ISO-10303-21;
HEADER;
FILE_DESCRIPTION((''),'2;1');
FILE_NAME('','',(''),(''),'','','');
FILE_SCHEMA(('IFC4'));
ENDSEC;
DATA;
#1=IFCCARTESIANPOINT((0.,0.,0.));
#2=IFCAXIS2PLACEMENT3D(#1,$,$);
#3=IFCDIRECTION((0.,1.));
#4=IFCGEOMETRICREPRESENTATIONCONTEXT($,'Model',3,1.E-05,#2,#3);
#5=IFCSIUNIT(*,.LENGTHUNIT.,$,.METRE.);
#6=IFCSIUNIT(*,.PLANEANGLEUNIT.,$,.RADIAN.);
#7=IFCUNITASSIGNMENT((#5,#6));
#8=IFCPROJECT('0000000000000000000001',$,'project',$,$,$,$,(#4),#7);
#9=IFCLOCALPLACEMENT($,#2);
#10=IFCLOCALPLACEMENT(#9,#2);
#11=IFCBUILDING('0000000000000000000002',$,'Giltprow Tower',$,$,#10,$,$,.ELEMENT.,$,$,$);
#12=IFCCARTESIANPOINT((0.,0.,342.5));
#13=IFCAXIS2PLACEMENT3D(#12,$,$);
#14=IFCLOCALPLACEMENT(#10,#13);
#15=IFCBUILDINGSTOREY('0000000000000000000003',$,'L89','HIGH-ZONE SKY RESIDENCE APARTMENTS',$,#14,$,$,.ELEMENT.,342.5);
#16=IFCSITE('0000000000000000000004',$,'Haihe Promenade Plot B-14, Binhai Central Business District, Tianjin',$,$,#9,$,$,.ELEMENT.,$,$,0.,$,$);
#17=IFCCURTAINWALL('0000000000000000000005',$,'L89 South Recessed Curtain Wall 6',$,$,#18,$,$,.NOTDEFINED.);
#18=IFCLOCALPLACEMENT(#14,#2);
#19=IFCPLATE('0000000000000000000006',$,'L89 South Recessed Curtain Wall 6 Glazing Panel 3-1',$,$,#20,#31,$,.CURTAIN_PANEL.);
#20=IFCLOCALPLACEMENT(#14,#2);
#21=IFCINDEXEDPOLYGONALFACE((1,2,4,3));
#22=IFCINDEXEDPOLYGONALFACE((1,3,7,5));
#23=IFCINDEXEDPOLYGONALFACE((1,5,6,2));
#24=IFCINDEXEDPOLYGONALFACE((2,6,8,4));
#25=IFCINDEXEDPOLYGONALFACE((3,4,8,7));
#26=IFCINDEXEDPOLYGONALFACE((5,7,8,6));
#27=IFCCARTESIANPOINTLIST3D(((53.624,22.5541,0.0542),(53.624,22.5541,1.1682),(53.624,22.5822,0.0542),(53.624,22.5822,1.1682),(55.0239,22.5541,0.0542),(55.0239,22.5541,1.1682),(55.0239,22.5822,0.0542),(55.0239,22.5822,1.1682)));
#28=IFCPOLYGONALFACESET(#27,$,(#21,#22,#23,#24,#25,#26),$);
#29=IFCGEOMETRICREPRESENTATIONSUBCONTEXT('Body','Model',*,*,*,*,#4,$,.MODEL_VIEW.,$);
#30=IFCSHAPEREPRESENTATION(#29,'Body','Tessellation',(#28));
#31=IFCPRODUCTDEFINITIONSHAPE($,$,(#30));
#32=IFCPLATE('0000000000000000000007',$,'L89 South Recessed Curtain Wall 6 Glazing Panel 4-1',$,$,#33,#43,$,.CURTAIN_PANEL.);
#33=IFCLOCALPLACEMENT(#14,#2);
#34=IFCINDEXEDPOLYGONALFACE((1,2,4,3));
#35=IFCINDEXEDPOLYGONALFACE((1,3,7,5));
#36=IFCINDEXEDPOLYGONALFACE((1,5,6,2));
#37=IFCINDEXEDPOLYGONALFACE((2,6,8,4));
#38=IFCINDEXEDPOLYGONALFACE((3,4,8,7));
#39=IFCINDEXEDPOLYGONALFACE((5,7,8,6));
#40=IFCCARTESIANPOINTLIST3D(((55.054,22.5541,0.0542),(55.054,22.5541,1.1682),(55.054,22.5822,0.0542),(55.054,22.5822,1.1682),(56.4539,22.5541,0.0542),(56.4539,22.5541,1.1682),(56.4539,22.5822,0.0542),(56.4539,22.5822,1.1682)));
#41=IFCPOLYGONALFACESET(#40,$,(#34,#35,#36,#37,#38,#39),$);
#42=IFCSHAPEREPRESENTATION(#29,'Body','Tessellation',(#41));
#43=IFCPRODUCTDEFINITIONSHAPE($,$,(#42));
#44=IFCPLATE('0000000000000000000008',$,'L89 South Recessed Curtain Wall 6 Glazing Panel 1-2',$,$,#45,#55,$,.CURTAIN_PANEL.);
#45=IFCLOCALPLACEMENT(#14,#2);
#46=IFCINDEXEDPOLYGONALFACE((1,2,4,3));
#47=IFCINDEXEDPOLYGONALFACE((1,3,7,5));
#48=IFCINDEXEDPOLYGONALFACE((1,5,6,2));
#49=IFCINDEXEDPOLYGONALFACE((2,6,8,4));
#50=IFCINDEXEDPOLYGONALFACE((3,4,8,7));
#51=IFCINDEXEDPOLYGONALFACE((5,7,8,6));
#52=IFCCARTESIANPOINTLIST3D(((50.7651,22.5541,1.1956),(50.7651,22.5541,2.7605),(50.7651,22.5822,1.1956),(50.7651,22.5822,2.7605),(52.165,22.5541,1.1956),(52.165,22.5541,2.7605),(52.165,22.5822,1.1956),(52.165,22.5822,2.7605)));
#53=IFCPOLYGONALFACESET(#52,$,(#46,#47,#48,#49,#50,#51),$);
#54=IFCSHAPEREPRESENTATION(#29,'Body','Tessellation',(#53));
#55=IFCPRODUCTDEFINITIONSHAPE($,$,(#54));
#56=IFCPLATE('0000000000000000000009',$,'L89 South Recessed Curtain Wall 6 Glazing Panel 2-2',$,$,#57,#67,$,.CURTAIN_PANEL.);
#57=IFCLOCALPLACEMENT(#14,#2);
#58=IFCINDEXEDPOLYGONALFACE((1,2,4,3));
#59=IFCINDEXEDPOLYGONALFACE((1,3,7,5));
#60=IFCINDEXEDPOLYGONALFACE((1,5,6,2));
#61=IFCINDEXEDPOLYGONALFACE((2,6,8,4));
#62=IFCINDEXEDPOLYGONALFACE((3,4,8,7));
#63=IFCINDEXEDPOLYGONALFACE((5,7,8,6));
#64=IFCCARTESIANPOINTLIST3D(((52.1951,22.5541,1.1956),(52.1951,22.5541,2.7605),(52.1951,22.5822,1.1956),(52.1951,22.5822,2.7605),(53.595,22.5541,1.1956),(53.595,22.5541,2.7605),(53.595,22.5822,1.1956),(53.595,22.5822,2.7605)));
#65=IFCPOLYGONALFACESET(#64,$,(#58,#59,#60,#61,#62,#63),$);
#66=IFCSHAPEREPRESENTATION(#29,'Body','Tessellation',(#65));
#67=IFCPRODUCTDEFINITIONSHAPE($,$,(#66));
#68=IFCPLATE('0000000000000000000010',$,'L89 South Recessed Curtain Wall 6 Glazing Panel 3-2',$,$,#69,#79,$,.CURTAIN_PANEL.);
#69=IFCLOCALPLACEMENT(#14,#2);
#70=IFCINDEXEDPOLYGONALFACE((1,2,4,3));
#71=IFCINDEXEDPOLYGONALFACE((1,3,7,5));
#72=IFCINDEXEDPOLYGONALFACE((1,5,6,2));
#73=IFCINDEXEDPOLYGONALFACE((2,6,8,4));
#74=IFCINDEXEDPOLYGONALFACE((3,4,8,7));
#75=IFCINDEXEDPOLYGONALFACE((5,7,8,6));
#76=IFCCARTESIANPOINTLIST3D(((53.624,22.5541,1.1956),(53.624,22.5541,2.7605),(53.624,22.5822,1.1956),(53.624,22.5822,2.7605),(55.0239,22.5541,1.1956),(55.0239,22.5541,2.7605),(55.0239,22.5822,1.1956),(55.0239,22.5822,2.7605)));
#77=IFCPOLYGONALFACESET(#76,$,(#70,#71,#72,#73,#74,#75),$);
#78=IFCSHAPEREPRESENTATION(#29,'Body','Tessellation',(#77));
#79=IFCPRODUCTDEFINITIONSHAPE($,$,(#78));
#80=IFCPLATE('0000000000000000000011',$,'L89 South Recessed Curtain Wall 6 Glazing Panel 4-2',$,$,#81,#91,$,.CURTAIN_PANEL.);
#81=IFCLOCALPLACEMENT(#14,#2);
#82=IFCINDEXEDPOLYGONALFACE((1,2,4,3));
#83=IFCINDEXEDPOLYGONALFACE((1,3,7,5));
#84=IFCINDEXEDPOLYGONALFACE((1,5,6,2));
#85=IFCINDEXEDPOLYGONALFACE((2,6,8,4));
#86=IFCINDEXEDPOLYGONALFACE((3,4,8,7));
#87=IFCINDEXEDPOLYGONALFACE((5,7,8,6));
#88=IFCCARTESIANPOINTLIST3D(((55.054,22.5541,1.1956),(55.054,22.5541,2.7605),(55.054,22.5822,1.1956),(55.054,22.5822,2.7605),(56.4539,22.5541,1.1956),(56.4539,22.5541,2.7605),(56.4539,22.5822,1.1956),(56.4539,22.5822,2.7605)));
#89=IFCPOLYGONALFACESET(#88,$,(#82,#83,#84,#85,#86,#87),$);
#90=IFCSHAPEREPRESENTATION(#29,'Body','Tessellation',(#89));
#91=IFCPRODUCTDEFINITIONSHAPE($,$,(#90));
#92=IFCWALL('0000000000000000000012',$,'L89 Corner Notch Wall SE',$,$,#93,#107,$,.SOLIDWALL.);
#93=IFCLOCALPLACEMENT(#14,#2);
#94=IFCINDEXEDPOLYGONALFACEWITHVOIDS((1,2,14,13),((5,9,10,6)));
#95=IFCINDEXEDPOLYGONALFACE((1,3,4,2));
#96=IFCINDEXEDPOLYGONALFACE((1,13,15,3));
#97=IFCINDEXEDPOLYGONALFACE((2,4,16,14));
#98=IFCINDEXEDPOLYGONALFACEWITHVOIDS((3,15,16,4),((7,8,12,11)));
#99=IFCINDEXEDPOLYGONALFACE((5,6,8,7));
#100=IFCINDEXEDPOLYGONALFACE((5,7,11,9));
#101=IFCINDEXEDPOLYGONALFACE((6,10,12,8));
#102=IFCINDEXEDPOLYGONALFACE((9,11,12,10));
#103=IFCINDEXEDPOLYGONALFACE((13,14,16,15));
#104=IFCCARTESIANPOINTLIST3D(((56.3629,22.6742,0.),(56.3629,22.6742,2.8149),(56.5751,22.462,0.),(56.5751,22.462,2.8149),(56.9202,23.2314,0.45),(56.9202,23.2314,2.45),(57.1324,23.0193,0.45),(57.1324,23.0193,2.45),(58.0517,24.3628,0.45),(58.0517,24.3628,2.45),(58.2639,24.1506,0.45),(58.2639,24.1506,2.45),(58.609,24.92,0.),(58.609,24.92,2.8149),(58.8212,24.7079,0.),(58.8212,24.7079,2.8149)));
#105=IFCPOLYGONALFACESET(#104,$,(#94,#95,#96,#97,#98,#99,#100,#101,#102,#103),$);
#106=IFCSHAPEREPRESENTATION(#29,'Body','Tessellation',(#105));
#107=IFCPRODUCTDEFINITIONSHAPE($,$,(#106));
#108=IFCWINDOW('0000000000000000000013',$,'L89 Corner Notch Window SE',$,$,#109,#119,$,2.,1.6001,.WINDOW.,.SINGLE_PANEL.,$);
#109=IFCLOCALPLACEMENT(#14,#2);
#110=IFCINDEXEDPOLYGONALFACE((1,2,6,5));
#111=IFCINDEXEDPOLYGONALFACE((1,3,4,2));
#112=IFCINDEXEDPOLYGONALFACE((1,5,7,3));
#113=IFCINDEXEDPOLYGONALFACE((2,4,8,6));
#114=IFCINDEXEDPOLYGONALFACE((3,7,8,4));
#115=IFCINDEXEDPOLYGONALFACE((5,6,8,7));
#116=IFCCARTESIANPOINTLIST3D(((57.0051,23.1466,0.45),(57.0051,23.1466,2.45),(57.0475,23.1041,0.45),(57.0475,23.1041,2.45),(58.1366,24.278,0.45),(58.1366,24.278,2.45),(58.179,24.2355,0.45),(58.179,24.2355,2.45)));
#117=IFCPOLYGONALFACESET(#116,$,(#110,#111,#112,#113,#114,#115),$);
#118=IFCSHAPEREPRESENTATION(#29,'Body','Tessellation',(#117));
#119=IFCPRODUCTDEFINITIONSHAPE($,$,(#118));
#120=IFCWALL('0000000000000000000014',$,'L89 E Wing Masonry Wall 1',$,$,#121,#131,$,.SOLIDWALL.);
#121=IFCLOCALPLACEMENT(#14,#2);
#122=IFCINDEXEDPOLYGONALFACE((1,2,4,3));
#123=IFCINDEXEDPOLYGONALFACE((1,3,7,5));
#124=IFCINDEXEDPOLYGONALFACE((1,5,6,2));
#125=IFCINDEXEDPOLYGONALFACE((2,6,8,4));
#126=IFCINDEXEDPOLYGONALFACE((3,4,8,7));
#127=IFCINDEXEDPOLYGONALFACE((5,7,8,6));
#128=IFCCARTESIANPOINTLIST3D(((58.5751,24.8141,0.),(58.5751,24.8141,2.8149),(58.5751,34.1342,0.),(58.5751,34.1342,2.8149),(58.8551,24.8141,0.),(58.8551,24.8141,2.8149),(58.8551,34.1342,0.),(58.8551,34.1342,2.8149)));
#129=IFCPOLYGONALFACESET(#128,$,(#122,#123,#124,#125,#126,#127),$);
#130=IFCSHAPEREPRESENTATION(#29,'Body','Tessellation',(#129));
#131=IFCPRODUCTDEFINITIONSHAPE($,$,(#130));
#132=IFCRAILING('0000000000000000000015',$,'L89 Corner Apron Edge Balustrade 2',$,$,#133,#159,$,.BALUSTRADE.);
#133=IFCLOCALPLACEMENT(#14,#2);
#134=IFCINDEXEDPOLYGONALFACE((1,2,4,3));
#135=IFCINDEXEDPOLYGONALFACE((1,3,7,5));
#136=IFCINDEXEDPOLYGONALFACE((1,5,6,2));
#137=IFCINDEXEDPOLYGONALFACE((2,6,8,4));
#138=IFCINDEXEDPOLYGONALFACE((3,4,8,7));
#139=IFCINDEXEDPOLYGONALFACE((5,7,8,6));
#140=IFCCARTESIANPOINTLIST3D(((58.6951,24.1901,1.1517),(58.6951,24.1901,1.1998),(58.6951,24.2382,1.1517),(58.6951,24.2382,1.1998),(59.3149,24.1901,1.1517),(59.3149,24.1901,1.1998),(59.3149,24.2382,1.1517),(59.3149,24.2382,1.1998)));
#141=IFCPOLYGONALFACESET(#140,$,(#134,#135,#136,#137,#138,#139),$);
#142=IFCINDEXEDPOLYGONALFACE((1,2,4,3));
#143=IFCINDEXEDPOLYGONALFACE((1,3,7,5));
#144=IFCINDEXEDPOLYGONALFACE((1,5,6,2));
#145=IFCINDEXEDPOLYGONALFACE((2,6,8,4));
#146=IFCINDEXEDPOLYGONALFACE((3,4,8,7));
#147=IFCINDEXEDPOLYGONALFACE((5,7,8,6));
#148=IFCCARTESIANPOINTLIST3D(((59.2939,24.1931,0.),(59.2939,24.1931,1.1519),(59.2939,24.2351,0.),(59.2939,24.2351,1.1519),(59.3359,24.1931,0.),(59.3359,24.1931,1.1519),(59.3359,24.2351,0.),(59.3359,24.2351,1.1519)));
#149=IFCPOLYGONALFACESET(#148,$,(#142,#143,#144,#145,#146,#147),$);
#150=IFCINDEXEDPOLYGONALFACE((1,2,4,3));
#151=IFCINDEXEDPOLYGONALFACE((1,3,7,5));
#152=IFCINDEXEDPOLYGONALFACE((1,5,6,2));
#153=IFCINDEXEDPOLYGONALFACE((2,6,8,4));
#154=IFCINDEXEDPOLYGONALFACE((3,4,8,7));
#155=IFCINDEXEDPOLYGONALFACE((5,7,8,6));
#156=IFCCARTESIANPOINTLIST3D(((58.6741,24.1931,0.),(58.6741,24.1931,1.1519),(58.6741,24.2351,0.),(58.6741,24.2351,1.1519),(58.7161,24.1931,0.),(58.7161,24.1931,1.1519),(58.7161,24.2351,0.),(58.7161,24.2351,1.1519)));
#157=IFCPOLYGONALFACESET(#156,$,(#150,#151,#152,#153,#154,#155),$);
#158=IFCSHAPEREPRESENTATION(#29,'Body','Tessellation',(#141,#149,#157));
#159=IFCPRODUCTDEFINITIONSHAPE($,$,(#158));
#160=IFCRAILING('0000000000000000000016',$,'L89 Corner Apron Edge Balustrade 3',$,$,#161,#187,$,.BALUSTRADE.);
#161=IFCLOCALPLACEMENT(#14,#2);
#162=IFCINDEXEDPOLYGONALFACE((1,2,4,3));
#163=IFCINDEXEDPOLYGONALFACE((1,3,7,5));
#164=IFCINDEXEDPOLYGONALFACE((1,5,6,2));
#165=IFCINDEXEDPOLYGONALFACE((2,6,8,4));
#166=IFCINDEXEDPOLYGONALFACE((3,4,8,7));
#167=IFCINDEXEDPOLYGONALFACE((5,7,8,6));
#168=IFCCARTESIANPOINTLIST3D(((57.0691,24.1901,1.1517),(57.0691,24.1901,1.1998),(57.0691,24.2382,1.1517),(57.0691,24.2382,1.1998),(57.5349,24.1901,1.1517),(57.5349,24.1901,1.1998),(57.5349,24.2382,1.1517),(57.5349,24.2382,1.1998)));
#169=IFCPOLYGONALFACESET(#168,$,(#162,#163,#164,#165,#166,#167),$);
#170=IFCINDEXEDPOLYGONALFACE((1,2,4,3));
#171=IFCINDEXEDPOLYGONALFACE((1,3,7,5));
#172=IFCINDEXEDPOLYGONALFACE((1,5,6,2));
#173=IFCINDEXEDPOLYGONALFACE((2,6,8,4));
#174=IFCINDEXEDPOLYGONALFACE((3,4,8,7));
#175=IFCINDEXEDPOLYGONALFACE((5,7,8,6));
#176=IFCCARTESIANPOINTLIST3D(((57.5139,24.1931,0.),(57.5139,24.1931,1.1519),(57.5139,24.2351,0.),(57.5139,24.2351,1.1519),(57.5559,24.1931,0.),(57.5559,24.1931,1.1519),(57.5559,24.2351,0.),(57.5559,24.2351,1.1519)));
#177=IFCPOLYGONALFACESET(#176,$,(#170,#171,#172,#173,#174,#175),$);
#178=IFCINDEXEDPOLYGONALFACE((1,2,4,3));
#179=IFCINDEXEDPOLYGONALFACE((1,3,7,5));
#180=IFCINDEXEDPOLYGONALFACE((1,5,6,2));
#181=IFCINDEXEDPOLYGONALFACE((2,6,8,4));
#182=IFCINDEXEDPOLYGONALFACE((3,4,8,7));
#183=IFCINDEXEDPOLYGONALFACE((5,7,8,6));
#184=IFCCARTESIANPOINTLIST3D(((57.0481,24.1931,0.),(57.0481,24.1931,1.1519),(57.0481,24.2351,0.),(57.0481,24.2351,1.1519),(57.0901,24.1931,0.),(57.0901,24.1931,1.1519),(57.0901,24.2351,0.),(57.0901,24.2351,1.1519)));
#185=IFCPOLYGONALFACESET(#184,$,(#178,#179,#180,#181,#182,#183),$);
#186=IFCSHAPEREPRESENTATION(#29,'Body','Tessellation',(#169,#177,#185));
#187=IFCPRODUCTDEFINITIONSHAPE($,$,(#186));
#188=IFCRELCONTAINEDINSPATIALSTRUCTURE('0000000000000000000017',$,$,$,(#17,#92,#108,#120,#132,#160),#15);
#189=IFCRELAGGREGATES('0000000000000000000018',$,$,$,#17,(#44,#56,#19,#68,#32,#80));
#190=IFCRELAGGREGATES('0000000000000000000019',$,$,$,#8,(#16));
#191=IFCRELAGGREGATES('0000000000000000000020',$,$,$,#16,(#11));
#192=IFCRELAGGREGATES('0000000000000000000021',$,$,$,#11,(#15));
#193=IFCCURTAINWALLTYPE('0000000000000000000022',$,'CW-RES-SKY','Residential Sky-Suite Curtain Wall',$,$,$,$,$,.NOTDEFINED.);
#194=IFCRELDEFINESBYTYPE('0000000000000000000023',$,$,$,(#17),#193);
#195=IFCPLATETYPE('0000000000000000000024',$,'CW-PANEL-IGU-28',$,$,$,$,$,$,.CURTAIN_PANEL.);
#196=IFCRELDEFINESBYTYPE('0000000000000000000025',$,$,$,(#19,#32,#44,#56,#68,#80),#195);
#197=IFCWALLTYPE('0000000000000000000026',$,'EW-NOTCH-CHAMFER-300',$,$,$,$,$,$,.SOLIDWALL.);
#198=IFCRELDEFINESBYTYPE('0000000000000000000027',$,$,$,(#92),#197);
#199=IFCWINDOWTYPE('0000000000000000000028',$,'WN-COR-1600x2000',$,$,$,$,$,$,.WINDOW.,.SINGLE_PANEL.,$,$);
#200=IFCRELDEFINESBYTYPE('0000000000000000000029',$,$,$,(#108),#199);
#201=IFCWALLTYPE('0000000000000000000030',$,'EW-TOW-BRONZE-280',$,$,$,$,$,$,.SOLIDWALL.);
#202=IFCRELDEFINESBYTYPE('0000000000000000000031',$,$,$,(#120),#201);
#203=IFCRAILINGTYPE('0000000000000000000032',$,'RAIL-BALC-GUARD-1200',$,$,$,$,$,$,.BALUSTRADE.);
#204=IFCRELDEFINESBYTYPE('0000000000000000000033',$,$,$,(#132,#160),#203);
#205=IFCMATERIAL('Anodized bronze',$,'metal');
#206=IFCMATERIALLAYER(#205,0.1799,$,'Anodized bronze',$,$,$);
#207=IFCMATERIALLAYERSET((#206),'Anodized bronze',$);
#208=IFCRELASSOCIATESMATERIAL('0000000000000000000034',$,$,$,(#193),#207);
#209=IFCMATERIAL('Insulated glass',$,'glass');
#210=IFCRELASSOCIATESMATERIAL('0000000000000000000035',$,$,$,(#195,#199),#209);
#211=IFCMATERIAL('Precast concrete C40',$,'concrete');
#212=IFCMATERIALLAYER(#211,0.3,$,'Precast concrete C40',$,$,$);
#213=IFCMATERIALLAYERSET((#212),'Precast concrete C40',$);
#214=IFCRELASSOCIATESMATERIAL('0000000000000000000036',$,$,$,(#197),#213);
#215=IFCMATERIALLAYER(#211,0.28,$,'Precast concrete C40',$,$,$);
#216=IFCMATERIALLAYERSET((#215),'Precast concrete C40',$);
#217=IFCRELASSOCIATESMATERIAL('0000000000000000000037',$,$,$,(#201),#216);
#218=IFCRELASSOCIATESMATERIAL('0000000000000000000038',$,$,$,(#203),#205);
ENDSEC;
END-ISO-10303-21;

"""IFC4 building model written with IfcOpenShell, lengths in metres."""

from ifc_helpers import new_model, si_unit, direction, frame, frame_2d, origin, origin_2d, place, context, subcontext, project, spatial, rectangle, extrude, source, transform, mapped, material, layer, layer_set, type_object, element, fill, aggregate, save


model = new_model("IFC4")

# Units and contexts
model_context = context("Model", 3, precision=1e-05, world=origin(), true_north=direction((0.0, 1.0)))
body_context = subcontext(model_context, "Body", "Model", "MODEL_VIEW")
ifc_project = project(units=[si_unit("LENGTHUNIT", "METRE"), si_unit("PLANEANGLEUNIT", "RADIAN")], contexts=[model_context])

# Site, building, storey
site_placement = place(None, origin())
site = spatial("IfcSite", under=ifc_project, at=site_placement, Name="Haihe Promenade Plot B-14, Binhai Central Business District, Tianjin", CompositionType="ELEMENT", RefElevation=0.0)
building_placement = place(site_placement, origin())
building = spatial("IfcBuilding", under=site, at=building_placement, Name="Giltprow Tower", CompositionType="ELEMENT")
storey_placement = place(building_placement, frame((0.0, 0.0, 342.5)))
storey = spatial("IfcBuildingStorey", under=building, at=storey_placement, Name="L89", Description="HIGH-ZONE SKY RESIDENCE APARTMENTS", CompositionType="ELEMENT", Elevation=342.5)

# Curtain wall
ifc_material_1 = material(Name="Anodized bronze", Category="metal")
ifc_layer_1 = layer(ifc_material_1, 0.1799, Name="Anodized bronze")
ifc_layer_set_1 = layer_set([ifc_layer_1], Name="Anodized bronze")
curtain_wall_type = type_object("IfcCurtainWallType", Name="CW-RES-SKY", Description="Residential Sky-Suite Curtain Wall", PredefinedType="NOTDEFINED", material=ifc_layer_set_1)
curtain_wall_placement = place(storey_placement, origin())
curtain_wall = element("IfcCurtainWall", 1, at=curtain_wall_placement, inside=storey, type_object=curtain_wall_type, Name="L89 South Recessed Curtain Wall 6", PredefinedType="NOTDEFINED")

# Plates
ifc_material_2 = material(Name="Insulated glass", Category="glass")
plate_type_1 = type_object("IfcPlateType", Name="CW-PANEL-IGU-28", PredefinedType="CURTAIN_PANEL", material=ifc_material_2)
shared_shape_1 = source(origin(), body_context, "Body", "SweptSolid", [
    extrude(rectangle(XDim=1.3999, YDim=0.0281, at=origin_2d()), origin(), (0.0, 0.0, 1.0), 1.114),
])
plate_1_placement = place(storey_placement, frame((54.324, 22.5681, 0.0542), z_axis=(0.0, 0.0, 1.0), x_axis=(1.0, 0.0, 0.0)))
plate_1 = element("IfcPlate", 2, at=plate_1_placement, type_object=plate_type_1, Name="L89 South Recessed Curtain Wall 6 Glazing Panel 3-1", PredefinedType="CURTAIN_PANEL", context=body_context, shape_type="MappedRepresentation", body=[
    mapped(shared_shape_1, transform((0.0, 0.0, 0.0), x_axis=(1.0, 0.0, 0.0), y_axis=(0.0, 1.0, 0.0), z_axis=(0.0, 0.0, 1.0), scale=1.0)),
])
plate_2_placement = place(storey_placement, frame((55.7539, 22.5681, 0.0542), z_axis=(0.0, 0.0, 1.0), x_axis=(1.0, 0.0, 0.0)))
plate_2 = element("IfcPlate", 3, at=plate_2_placement, type_object=plate_type_1, Name="L89 South Recessed Curtain Wall 6 Glazing Panel 4-1", PredefinedType="CURTAIN_PANEL", context=body_context, shape_type="MappedRepresentation", body=[
    mapped(shared_shape_1, transform((0.0, 0.0, 0.0), x_axis=(1.0, 0.0, 0.0), y_axis=(0.0, 1.0, 0.0), z_axis=(0.0, 0.0, 1.0), scale=1.0)),
])
shared_shape_2 = source(origin(), body_context, "Body", "SweptSolid", [
    extrude(rectangle(XDim=1.3999, YDim=0.0281, at=origin_2d()), origin(), (0.0, 0.0, 1.0), 1.5649),
])
plate_3_placement = place(storey_placement, frame((51.4651, 22.5681, 1.1956), z_axis=(0.0, 0.0, 1.0), x_axis=(1.0, 0.0, 0.0)))
plate_3 = element("IfcPlate", 4, at=plate_3_placement, type_object=plate_type_1, Name="L89 South Recessed Curtain Wall 6 Glazing Panel 1-2", PredefinedType="CURTAIN_PANEL", context=body_context, shape_type="MappedRepresentation", body=[
    mapped(shared_shape_2, transform((0.0, 0.0, 0.0), x_axis=(1.0, 0.0, 0.0), y_axis=(0.0, 1.0, 0.0), z_axis=(0.0, 0.0, 1.0), scale=1.0)),
])
plate_4_placement = place(storey_placement, frame((52.895, 22.5681, 1.1956), z_axis=(0.0, 0.0, 1.0), x_axis=(1.0, 0.0, 0.0)))
plate_4 = element("IfcPlate", 5, at=plate_4_placement, type_object=plate_type_1, Name="L89 South Recessed Curtain Wall 6 Glazing Panel 2-2", PredefinedType="CURTAIN_PANEL", context=body_context, shape_type="MappedRepresentation", body=[
    mapped(shared_shape_2, transform((0.0, 0.0, 0.0), x_axis=(1.0, 0.0, 0.0), y_axis=(0.0, 1.0, 0.0), z_axis=(0.0, 0.0, 1.0), scale=1.0)),
])
plate_5_placement = place(storey_placement, frame((54.324, 22.5681, 1.1956), z_axis=(0.0, 0.0, 1.0), x_axis=(1.0, 0.0, 0.0)))
plate_5 = element("IfcPlate", 6, at=plate_5_placement, type_object=plate_type_1, Name="L89 South Recessed Curtain Wall 6 Glazing Panel 3-2", PredefinedType="CURTAIN_PANEL", context=body_context, shape_type="MappedRepresentation", body=[
    mapped(shared_shape_2, transform((0.0, 0.0, 0.0), x_axis=(1.0, 0.0, 0.0), y_axis=(0.0, 1.0, 0.0), z_axis=(0.0, 0.0, 1.0), scale=1.0)),
])
plate_6_placement = place(storey_placement, frame((55.7539, 22.5681, 1.1956), z_axis=(0.0, 0.0, 1.0), x_axis=(1.0, 0.0, 0.0)))
plate_6 = element("IfcPlate", 7, at=plate_6_placement, type_object=plate_type_1, Name="L89 South Recessed Curtain Wall 6 Glazing Panel 4-2", PredefinedType="CURTAIN_PANEL", context=body_context, shape_type="MappedRepresentation", body=[
    mapped(shared_shape_2, transform((0.0, 0.0, 0.0), x_axis=(1.0, 0.0, 0.0), y_axis=(0.0, 1.0, 0.0), z_axis=(0.0, 0.0, 1.0), scale=1.0)),
])
aggregate(curtain_wall, [plate_3, plate_4, plate_1, plate_5, plate_2, plate_6])

# Wall, opening, window
ifc_material_3 = material(Name="Precast concrete C40", Category="concrete")
ifc_layer_2 = layer(ifc_material_3, 0.3, Name="Precast concrete C40")
ifc_layer_set_2 = layer_set([ifc_layer_2], Name="Precast concrete C40")
wall_type_1 = type_object("IfcWallType", Name="EW-NOTCH-CHAMFER-300", PredefinedType="SOLIDWALL", material=ifc_layer_set_2)
wall_1_placement = place(storey_placement, frame((56.469, 22.5681, 0.0), z_axis=(0.0, 0.0, 1.0), x_axis=(0.707145, 0.707068, 0.0)))
wall_1 = element("IfcWall", 8, at=wall_1_placement, inside=storey, type_object=wall_type_1, Name="L89 Corner Notch Wall SE", PredefinedType="SOLIDWALL", context=body_context, shape_type="SweptSolid", body=[
    extrude(rectangle(XDim=3.1763, YDim=0.3, at=frame_2d((1.5881, 0.0))), origin(), (0.0, 0.0, 1.0), 2.8149),
])
opening_placement = place(wall_1_placement, frame((0.7881, 0.0, 0.45)))
opening = element("IfcOpeningElement", 9, at=opening_placement, cuts=wall_1, PredefinedType="OPENING", context=body_context, shape_type="SweptSolid", body=[
    extrude(rectangle(XDim=1.6001, YDim=2.0, at=frame_2d((0.8, 1.0))), frame((0.0, 0.1599, 0.0), z_axis=(0.0, -1.0, 0.0), x_axis=(1.0, 0.0, 0.0)), (0.0, 0.0, 1.0), 0.3201),
])
window_type = type_object("IfcWindowType", Name="WN-COR-1600x2000", PartitioningType="SINGLE_PANEL", PredefinedType="WINDOW", material=ifc_material_2)
shared_shape_3 = source(origin(), body_context, "Body", "SweptSolid", [
    extrude(rectangle(XDim=1.6001, YDim=2.0, at=frame_2d((0.8, 1.0))), frame((0.0, 0.03, 0.0), z_axis=(0.0, -1.0, 0.0), x_axis=(1.0, 0.0, 0.0)), (0.0, 0.0, 1.0), 0.0601),
])
window_placement = place(opening_placement, origin())
window = element("IfcWindow", 10, at=window_placement, inside=storey, type_object=window_type, Name="L89 Corner Notch Window SE", OverallHeight=2.0, OverallWidth=1.6001, PartitioningType="SINGLE_PANEL", PredefinedType="WINDOW", context=body_context, shape_type="MappedRepresentation", body=[
    mapped(shared_shape_3, transform((0.0, 0.0, 0.0), x_axis=(1.0, 0.0, 0.0), y_axis=(0.0, 1.0, 0.0), z_axis=(0.0, 0.0, 1.0), scale=1.0)),
])
fill(opening, window)

# Wall
ifc_layer_3 = layer(ifc_material_3, 0.28, Name="Precast concrete C40")
ifc_layer_set_3 = layer_set([ifc_layer_3], Name="Precast concrete C40")
wall_type_2 = type_object("IfcWallType", Name="EW-TOW-BRONZE-280", PredefinedType="SOLIDWALL", material=ifc_layer_set_3)
wall_2_placement = place(storey_placement, frame((58.7151, 24.814, 0.0), z_axis=(0.0, 0.0, 1.0), x_axis=(0.0, 1.0, 0.0)))
element("IfcWall", 11, at=wall_2_placement, inside=storey, type_object=wall_type_2, Name="L89 E Wing Masonry Wall 1", PredefinedType="SOLIDWALL", context=body_context, shape_type="SweptSolid", body=[
    extrude(rectangle(XDim=9.3201, YDim=0.28, at=frame_2d((4.6602, 0.0))), origin(), (0.0, 0.0, 1.0), 2.8149),
])

# Railings
railing_type = type_object("IfcRailingType", Name="RAIL-BALC-GUARD-1200", PredefinedType="BALUSTRADE", material=ifc_material_1)
railing_1_placement = place(storey_placement, frame((59.3149, 24.2141, 0.0)))
element("IfcRailing", 12, at=railing_1_placement, inside=storey, type_object=railing_type, Name="L89 Corner Apron Edge Balustrade 2", PredefinedType="BALUSTRADE", context=body_context, shape_type="SweptSolid", body=[
    extrude(rectangle(XDim=0.0481, YDim=0.0481, at=origin_2d()), frame((0.0, 0.0, 1.1758), z_axis=(-1.0, 0.0, 0.0), x_axis=(0.0, -1.0, 0.0)), (0.0, 0.0, 1.0), 0.6199),
    extrude(rectangle(XDim=0.042, YDim=0.042, at=origin_2d()), origin(), (0.0, 0.0, 1.0), 1.1519),
    extrude(rectangle(XDim=0.042, YDim=0.042, at=origin_2d()), frame((-0.6199, 0.0, 0.0)), (0.0, 0.0, 1.0), 1.1519),
])
railing_2_placement = place(storey_placement, frame((57.5349, 24.2141, 0.0)))
element("IfcRailing", 13, at=railing_2_placement, inside=storey, type_object=railing_type, Name="L89 Corner Apron Edge Balustrade 3", PredefinedType="BALUSTRADE", context=body_context, shape_type="SweptSolid", body=[
    extrude(rectangle(XDim=0.0481, YDim=0.0481, at=origin_2d()), frame((0.0, 0.0, 1.1758), z_axis=(-1.0, 0.0, 0.0), x_axis=(0.0, -1.0, 0.0)), (0.0, 0.0, 1.0), 0.4658),
    extrude(rectangle(XDim=0.042, YDim=0.042, at=origin_2d()), origin(), (0.0, 0.0, 1.0), 1.1519),
    extrude(rectangle(XDim=0.042, YDim=0.042, at=origin_2d()), frame((-0.4658, 0.0, 0.0)), (0.0, 0.0, 1.0), 1.1519),
])

save(model, "model.ifc")
